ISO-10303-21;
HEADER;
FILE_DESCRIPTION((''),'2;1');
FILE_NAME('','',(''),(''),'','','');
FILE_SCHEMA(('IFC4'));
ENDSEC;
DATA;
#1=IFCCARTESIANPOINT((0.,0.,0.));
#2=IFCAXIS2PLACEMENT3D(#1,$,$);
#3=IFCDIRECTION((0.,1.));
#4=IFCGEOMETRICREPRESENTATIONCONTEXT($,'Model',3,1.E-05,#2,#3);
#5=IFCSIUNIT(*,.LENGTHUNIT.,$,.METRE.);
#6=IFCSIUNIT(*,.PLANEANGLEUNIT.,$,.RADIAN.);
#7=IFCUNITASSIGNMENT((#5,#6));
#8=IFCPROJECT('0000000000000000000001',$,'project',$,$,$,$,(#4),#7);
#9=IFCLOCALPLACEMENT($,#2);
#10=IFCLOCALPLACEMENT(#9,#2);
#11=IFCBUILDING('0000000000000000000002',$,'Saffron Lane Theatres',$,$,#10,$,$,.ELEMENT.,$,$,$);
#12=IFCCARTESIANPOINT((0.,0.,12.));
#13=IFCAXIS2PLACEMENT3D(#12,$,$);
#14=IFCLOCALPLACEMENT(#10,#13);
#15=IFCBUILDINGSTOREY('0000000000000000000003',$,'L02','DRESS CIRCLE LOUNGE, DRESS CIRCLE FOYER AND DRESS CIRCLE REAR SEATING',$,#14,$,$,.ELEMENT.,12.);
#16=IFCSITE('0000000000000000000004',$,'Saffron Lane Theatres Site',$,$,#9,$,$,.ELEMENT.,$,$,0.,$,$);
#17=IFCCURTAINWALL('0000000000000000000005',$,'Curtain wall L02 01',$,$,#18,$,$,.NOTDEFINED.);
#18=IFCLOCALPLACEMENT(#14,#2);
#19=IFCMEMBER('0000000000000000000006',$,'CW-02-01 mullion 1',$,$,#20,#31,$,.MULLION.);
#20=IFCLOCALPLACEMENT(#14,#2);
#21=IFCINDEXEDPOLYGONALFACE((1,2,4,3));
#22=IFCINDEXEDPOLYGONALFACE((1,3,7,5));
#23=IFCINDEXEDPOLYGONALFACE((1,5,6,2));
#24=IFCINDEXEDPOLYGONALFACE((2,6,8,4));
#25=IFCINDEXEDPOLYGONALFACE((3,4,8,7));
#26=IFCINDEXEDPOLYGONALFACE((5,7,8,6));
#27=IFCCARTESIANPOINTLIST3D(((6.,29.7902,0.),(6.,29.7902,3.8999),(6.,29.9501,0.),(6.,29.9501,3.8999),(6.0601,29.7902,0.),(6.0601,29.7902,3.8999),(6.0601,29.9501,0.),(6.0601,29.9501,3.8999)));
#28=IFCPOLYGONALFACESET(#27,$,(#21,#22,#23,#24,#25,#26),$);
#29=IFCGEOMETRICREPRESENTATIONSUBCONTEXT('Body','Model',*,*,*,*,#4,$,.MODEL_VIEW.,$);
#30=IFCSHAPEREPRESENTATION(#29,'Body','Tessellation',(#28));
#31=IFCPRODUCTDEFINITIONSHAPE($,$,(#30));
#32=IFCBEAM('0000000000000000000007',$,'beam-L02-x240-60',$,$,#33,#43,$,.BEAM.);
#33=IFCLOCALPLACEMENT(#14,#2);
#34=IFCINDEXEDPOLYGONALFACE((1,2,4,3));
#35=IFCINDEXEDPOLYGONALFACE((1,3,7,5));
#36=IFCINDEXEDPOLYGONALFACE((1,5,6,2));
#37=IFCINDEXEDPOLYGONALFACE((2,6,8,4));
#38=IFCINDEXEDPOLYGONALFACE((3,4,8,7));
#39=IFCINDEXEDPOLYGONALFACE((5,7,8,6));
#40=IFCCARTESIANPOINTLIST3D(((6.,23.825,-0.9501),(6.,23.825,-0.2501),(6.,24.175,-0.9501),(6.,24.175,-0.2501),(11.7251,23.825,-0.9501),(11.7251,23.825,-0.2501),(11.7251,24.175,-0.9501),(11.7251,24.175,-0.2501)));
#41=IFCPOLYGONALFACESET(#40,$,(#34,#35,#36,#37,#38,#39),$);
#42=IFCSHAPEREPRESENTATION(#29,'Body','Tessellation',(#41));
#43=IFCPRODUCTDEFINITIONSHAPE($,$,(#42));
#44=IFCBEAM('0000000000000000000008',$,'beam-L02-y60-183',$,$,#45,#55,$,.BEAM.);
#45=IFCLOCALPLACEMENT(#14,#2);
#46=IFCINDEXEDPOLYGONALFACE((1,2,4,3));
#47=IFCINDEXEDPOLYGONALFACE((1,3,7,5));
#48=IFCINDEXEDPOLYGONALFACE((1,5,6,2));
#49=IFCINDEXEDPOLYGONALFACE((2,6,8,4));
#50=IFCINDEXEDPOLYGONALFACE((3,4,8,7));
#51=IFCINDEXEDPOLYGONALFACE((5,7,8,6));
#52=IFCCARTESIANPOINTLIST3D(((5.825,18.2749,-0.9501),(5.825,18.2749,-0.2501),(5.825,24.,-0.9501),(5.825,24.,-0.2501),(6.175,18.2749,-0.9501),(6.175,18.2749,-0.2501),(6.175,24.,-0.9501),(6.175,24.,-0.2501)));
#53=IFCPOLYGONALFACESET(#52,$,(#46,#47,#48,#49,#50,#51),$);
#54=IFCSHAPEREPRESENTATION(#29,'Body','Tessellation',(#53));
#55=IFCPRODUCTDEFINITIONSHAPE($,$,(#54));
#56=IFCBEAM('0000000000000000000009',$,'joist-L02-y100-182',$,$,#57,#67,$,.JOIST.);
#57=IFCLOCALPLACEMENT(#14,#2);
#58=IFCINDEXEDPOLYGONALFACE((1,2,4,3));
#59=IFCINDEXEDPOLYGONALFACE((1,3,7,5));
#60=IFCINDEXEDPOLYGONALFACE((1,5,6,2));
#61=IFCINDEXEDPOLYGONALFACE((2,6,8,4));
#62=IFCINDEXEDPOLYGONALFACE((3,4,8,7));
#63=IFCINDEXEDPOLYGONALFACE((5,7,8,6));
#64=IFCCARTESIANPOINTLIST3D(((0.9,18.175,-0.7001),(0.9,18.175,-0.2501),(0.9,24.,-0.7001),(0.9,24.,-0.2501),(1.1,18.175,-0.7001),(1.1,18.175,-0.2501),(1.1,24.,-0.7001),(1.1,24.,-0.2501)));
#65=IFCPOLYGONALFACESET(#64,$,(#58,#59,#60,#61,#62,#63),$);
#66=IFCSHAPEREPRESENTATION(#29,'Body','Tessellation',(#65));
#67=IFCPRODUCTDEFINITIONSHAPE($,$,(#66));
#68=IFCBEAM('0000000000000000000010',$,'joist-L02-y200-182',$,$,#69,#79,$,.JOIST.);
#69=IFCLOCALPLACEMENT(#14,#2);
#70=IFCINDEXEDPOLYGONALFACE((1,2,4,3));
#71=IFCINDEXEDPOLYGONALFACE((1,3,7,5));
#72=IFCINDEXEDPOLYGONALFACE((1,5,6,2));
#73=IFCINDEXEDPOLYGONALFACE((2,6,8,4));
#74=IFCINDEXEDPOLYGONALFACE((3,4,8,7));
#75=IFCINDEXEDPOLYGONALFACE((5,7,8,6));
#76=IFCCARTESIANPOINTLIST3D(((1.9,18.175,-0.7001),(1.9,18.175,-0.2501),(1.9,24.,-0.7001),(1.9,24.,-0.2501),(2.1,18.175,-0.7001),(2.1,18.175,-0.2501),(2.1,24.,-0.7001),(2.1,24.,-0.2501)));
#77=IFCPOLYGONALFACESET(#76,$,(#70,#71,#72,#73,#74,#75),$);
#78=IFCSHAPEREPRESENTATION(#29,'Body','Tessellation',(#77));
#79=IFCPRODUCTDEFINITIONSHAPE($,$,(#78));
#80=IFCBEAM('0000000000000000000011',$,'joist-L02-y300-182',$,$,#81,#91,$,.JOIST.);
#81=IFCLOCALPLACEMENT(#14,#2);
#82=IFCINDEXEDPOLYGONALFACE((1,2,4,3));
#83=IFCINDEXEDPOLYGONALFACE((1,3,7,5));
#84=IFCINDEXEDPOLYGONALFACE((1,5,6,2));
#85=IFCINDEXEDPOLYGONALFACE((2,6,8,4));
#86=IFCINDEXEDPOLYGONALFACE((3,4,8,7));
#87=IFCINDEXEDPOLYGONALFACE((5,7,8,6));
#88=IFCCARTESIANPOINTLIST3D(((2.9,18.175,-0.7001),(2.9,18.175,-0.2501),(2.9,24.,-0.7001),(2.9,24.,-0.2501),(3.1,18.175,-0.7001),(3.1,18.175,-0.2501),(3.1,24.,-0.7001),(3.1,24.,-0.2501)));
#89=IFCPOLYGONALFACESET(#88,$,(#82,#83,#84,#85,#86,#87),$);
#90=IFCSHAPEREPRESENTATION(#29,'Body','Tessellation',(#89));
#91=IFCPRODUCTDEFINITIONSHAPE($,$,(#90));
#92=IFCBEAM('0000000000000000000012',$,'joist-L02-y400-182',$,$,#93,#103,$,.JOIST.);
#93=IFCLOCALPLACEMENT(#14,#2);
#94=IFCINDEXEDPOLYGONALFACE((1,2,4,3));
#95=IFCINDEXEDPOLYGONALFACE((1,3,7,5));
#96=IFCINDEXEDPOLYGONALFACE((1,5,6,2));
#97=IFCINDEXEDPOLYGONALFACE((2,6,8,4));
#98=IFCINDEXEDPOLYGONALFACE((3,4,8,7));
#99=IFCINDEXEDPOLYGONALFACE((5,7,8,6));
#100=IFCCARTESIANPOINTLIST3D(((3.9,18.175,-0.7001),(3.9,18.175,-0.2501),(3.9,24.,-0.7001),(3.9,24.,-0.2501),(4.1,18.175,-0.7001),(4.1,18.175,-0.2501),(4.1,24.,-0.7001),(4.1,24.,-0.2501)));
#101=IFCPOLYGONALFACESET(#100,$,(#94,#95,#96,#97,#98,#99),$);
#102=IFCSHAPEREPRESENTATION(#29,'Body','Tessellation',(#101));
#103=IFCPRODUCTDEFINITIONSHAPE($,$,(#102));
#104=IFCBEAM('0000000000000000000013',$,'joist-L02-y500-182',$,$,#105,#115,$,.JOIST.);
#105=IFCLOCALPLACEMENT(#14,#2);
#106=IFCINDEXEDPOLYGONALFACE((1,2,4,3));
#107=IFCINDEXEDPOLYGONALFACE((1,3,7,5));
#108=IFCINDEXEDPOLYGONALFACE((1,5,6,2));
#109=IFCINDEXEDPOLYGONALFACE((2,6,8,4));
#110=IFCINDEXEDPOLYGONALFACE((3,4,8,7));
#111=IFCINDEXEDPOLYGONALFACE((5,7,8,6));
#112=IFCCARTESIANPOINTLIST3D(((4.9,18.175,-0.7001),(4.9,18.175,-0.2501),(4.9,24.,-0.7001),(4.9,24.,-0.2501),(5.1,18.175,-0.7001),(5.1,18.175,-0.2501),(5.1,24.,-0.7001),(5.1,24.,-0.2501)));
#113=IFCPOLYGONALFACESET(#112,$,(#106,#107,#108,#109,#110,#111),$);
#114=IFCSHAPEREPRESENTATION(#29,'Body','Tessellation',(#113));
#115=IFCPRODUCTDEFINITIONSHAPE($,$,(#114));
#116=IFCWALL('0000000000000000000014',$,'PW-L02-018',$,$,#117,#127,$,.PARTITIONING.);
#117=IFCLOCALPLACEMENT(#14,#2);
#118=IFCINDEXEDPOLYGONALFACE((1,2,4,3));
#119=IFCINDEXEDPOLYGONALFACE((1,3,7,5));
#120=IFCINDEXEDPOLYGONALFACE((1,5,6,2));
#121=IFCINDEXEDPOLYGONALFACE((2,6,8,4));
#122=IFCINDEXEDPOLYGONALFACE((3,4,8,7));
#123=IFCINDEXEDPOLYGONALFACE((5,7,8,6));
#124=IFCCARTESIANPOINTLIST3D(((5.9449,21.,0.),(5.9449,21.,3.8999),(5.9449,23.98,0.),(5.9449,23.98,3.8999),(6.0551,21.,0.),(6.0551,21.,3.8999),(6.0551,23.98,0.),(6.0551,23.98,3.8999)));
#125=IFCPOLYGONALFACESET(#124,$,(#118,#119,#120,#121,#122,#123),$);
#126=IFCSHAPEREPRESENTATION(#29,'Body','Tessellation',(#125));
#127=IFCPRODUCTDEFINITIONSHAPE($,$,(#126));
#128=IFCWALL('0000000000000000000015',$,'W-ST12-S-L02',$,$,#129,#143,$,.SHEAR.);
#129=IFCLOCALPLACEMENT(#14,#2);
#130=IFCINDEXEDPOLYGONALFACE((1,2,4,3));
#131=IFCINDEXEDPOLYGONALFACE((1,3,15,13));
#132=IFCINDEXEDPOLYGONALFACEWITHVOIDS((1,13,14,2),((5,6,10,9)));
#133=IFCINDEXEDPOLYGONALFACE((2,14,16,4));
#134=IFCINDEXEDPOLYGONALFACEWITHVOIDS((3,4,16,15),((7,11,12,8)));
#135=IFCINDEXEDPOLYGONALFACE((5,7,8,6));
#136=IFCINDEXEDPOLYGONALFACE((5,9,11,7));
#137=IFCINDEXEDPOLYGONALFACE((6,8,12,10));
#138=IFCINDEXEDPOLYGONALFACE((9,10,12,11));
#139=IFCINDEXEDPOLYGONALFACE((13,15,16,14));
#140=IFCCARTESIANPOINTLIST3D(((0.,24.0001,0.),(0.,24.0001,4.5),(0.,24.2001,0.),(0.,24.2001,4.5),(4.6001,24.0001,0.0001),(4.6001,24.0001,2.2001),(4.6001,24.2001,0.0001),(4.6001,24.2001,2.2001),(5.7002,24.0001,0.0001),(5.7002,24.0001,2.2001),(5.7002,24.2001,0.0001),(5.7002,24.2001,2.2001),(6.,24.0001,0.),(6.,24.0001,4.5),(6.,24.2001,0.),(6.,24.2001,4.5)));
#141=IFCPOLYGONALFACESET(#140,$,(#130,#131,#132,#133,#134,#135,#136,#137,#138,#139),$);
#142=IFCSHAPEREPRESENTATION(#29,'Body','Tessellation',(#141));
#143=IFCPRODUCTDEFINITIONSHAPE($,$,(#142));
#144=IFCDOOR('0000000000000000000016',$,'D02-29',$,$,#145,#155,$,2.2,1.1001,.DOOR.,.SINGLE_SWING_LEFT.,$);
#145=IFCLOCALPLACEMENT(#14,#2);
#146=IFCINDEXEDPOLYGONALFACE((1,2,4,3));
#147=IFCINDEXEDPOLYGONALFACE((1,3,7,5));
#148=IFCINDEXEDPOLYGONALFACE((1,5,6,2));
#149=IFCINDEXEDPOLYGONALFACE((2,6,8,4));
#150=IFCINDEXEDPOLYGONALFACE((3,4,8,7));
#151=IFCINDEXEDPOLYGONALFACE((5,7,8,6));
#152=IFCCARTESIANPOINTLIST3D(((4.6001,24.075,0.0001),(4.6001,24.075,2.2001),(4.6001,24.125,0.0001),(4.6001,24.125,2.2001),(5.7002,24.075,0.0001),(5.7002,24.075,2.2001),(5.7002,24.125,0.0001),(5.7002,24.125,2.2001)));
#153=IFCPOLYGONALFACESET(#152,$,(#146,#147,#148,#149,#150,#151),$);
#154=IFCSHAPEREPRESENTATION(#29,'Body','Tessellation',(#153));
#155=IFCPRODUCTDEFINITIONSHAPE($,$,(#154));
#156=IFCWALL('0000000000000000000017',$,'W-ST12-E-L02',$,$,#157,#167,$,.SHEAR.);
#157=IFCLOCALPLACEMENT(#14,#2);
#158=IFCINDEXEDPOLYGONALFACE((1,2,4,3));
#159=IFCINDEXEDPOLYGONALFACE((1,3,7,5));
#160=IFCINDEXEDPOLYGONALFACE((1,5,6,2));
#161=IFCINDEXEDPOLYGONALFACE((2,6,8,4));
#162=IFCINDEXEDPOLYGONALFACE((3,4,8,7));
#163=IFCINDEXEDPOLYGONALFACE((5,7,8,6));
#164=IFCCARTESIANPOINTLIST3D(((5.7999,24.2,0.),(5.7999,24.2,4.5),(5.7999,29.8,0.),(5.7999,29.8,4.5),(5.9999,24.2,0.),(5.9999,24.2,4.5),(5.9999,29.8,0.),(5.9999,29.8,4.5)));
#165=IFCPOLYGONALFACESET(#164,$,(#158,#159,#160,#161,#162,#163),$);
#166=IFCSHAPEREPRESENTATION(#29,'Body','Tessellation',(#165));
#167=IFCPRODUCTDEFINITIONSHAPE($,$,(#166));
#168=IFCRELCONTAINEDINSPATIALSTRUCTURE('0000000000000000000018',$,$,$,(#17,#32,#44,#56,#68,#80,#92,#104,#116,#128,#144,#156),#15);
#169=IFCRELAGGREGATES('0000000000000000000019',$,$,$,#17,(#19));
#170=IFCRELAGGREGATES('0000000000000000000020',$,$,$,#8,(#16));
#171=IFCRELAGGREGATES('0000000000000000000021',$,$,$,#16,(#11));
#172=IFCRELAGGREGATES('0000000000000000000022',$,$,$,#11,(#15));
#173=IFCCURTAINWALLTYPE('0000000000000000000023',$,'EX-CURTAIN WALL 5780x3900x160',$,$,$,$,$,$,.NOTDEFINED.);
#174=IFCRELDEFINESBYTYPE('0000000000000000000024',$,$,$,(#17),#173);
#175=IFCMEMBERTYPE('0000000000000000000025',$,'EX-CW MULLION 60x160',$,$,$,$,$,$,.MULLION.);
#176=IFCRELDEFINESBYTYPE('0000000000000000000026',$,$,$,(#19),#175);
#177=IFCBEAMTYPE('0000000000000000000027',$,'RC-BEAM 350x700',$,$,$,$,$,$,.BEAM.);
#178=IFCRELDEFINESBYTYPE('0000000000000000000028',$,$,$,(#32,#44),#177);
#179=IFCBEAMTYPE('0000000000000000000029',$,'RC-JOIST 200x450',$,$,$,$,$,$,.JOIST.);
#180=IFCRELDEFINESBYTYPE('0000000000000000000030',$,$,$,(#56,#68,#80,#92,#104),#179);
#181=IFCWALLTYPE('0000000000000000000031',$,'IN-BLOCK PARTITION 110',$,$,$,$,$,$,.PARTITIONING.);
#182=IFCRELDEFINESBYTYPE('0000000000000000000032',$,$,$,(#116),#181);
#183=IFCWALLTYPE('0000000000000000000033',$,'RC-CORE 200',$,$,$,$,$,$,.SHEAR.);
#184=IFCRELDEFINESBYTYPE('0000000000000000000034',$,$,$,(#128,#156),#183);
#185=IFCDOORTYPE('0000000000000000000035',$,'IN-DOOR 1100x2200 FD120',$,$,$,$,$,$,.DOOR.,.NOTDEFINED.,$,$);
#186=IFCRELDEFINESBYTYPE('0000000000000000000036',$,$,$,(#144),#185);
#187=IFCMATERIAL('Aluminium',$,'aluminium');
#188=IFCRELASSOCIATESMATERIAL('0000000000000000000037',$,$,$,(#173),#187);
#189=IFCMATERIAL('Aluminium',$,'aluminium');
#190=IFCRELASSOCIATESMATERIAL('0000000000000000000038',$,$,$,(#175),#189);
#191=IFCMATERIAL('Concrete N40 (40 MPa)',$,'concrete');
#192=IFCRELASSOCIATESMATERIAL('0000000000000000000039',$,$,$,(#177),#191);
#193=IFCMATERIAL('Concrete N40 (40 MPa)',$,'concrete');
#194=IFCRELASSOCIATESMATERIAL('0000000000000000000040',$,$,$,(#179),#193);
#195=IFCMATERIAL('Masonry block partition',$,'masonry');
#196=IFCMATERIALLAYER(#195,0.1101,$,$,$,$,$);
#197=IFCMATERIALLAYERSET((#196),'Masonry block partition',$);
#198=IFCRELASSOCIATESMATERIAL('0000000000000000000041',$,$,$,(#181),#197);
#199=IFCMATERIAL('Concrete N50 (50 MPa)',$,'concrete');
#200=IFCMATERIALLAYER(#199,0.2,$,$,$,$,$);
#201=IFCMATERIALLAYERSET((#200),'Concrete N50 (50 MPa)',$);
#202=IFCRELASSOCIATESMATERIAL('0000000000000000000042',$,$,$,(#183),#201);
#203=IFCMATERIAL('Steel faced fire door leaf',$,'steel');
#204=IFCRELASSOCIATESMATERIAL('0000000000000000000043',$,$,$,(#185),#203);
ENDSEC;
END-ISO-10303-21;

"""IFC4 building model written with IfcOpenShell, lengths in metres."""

from ifc_helpers import new_model, si_unit, direction, frame, frame_2d, origin, origin_2d, place, context, subcontext, project, spatial, rectangle, extrude, material, layer, layer_set, material_profile, profile_set, type_object, element, fill, aggregate, save


model = new_model("IFC4")

# Units and contexts
model_context = context("Model", 3, precision=1e-05, world=origin(), true_north=direction((0.0, 1.0)))
body_context = subcontext(model_context, "Body", "Model", "MODEL_VIEW")
ifc_project = project(units=[si_unit("LENGTHUNIT", "METRE"), si_unit("PLANEANGLEUNIT", "RADIAN")], contexts=[model_context])

# Site, building, storey
site_placement = place(None, origin())
site = spatial("IfcSite", under=ifc_project, at=site_placement, Name="Saffron Lane Theatres Site", CompositionType="ELEMENT", RefElevation=0.0)
building_placement = place(site_placement, origin())
building = spatial("IfcBuilding", under=site, at=building_placement, Name="Saffron Lane Theatres", CompositionType="ELEMENT")
storey_placement = place(building_placement, frame((0.0, 0.0, 12.0)))
storey = spatial("IfcBuildingStorey", under=building, at=storey_placement, Name="L02", Description="DRESS CIRCLE LOUNGE, DRESS CIRCLE FOYER AND DRESS CIRCLE REAR SEATING", CompositionType="ELEMENT", Elevation=12.0)

# Curtain wall, member
ifc_material_1 = material(Name="Aluminium", Category="aluminium")
curtain_wall_type = type_object("IfcCurtainWallType", Name="EX-CURTAIN WALL 5780x3900x160", PredefinedType="NOTDEFINED", material=ifc_material_1)
curtain_wall_placement = place(storey_placement, origin())
curtain_wall = element("IfcCurtainWall", 1, at=curtain_wall_placement, inside=storey, type_object=curtain_wall_type, Name="Curtain wall L02 01", PredefinedType="NOTDEFINED")
ifc_material_2 = material(Name="Aluminium", Category="aluminium")
ifc_material_profile_1 = material_profile(ifc_material_2, rectangle(XDim=0.0601, YDim=0.1599, at=origin_2d()))
ifc_profile_set_1 = profile_set([ifc_material_profile_1], Name="Aluminium")
member_type = type_object("IfcMemberType", Name="EX-CW MULLION 60x160", PredefinedType="MULLION", material=ifc_profile_set_1)
member_placement = place(storey_placement, frame((6.03, 29.8701, 0.0), z_axis=(0.0, 0.0, 1.0), x_axis=(1.0, 0.0, 0.0)))
member = element("IfcMember", 2, at=member_placement, type_object=member_type, Name="CW-02-01 mullion 1", PredefinedType="MULLION", context=body_context, shape_type="SweptSolid", body=[
    extrude(rectangle(XDim=0.0601, YDim=0.1599, at=origin_2d()), origin(), (0.0, 0.0, 1.0), 3.8999),
])
aggregate(curtain_wall, [member])

# Beams
ifc_material_3 = material(Name="Concrete N40 (40 MPa)", Category="concrete")
ifc_material_profile_2 = material_profile(ifc_material_3, rectangle(XDim=0.3501, YDim=0.7, at=origin_2d()))
ifc_profile_set_2 = profile_set([ifc_material_profile_2], Name="Concrete N40 (40 MPa)")
beam_type_1 = type_object("IfcBeamType", Name="RC-BEAM 350x700", PredefinedType="BEAM", material=ifc_profile_set_2)
for number, where, z_axis, x_axis, name in (
    (3, (6.0, 24.0, -0.6001), (1.0, 0.0, 0.0), (0.0, 1.0, 0.0), "beam-L02-x240-60"),
    (4, (6.0, 18.2749, -0.6001), (0.0, 1.0, 0.0), (-1.0, 0.0, 0.0), "beam-L02-y60-183"),
):
    element("IfcBeam", number, at=place(storey_placement, frame(where, z_axis=z_axis, x_axis=x_axis)), inside=storey, type_object=beam_type_1, Name=name, PredefinedType="BEAM", context=body_context, shape_type="SweptSolid", body=[
        extrude(rectangle(XDim=0.3501, YDim=0.7, at=origin_2d()), origin(), (0.0, 0.0, 1.0), 5.7251),
    ])
ifc_material_4 = material(Name="Concrete N40 (40 MPa)", Category="concrete")
ifc_material_profile_3 = material_profile(ifc_material_4, rectangle(XDim=0.2, YDim=0.45, at=origin_2d()))
ifc_profile_set_3 = profile_set([ifc_material_profile_3], Name="Concrete N40 (40 MPa)")
beam_type_2 = type_object("IfcBeamType", Name="RC-JOIST 200x450", PredefinedType="JOIST", material=ifc_profile_set_3)
for number, where, z_axis, x_axis, name in (
    (5, (1.0, 18.175, -0.4751), (0.0, 1.0, 0.0), (-1.0, 0.0, 0.0), "joist-L02-y100-182"),
    (6, (2.0, 18.175, -0.4751), (0.0, 1.0, 0.0), (-1.0, 0.0, 0.0), "joist-L02-y200-182"),
    (7, (3.0, 18.175, -0.4751), (0.0, 1.0, 0.0), (-1.0, 0.0, 0.0), "joist-L02-y300-182"),
    (8, (4.0, 18.175, -0.4751), (0.0, 1.0, 0.0), (-1.0, 0.0, 0.0), "joist-L02-y400-182"),
    (9, (5.0, 18.175, -0.4751), (0.0, 1.0, 0.0), (-1.0, 0.0, 0.0), "joist-L02-y500-182"),
):
    element("IfcBeam", number, at=place(storey_placement, frame(where, z_axis=z_axis, x_axis=x_axis)), inside=storey, type_object=beam_type_2, Name=name, PredefinedType="JOIST", context=body_context, shape_type="SweptSolid", body=[
        extrude(rectangle(XDim=0.2, YDim=0.45, at=origin_2d()), origin(), (0.0, 0.0, 1.0), 5.825),
    ])

# Wall
ifc_material_5 = material(Name="Masonry block partition", Category="masonry")
ifc_layer_1 = layer(ifc_material_5, 0.1101)
ifc_layer_set_1 = layer_set([ifc_layer_1], Name="Masonry block partition")
wall_type_1 = type_object("IfcWallType", Name="IN-BLOCK PARTITION 110", PredefinedType="PARTITIONING", material=ifc_layer_set_1)
wall_1_placement = place(storey_placement, frame((6.0, 21.0, 0.0), z_axis=(0.0, 0.0, 1.0), x_axis=(0.0, 1.0, 0.0)))
element("IfcWall", 10, at=wall_1_placement, inside=storey, type_object=wall_type_1, Name="PW-L02-018", PredefinedType="PARTITIONING", context=body_context, shape_type="SweptSolid", body=[
    extrude(rectangle(XDim=2.98, YDim=0.1101, at=frame_2d((1.49, 0.0))), origin(), (0.0, 0.0, 1.0), 3.8999),
])

# Wall, opening, door
ifc_material_6 = material(Name="Concrete N50 (50 MPa)", Category="concrete")
ifc_layer_2 = layer(ifc_material_6, 0.2)
ifc_layer_set_2 = layer_set([ifc_layer_2], Name="Concrete N50 (50 MPa)")
wall_type_2 = type_object("IfcWallType", Name="RC-CORE 200", PredefinedType="SHEAR", material=ifc_layer_set_2)
wall_2_placement = place(storey_placement, frame((0.0, 24.1001, 0.0), z_axis=(0.0, 0.0, 1.0), x_axis=(1.0, 0.0, 0.0)))
wall_2 = element("IfcWall", 11, at=wall_2_placement, inside=storey, type_object=wall_type_2, Name="W-ST12-S-L02", PredefinedType="SHEAR", context=body_context, shape_type="SweptSolid", body=[
    extrude(rectangle(XDim=6.0, YDim=0.2, at=frame_2d((3.0, 0.0))), origin(), (0.0, 0.0, 1.0), 4.5),
])
opening_1_placement = place(wall_2_placement, frame((4.6001, 0.0, 0.0)))
opening_1 = element("IfcOpeningElement", 12, at=opening_1_placement, cuts=wall_2, PredefinedType="OPENING", context=body_context, shape_type="SweptSolid", body=[
    extrude(rectangle(XDim=1.1001, YDim=2.2, at=frame_2d((0.55, 1.1001))), frame((0.0, 0.1099, 0.0), z_axis=(0.0, -1.0, 0.0), x_axis=(1.0, 0.0, 0.0)), (0.0, 0.0, 1.0), 0.22),
])
ifc_material_7 = material(Name="Steel faced fire door leaf", Category="steel")
door_type_1 = type_object("IfcDoorType", Name="IN-DOOR 1100x2200 FD120", OperationType="NOTDEFINED", PredefinedType="DOOR", material=ifc_material_7)
door_1_placement = place(opening_1_placement, origin())
door_1 = element("IfcDoor", 13, at=door_1_placement, inside=storey, type_object=door_type_1, Name="D02-29", OperationType="SINGLE_SWING_LEFT", OverallHeight=2.2, OverallWidth=1.1001, PredefinedType="DOOR", context=body_context, shape_type="SweptSolid", body=[
    extrude(rectangle(XDim=1.1001, YDim=2.2, at=frame_2d((0.55, 1.1001))), frame((0.0, 0.0249, 0.0), z_axis=(0.0, -1.0, 0.0), x_axis=(1.0, 0.0, 0.0)), (0.0, 0.0, 1.0), 0.05),
])
fill(opening_1, door_1)

# Wall
wall_3_placement = place(storey_placement, frame((5.8999, 24.2, 0.0), z_axis=(0.0, 0.0, 1.0), x_axis=(0.0, 1.0, 0.0)))
element("IfcWall", 14, at=wall_3_placement, inside=storey, type_object=wall_type_2, Name="W-ST12-E-L02", PredefinedType="SHEAR", context=body_context, shape_type="SweptSolid", body=[
    extrude(rectangle(XDim=5.6001, YDim=0.2, at=frame_2d((2.8, 0.0))), origin(), (0.0, 0.0, 1.0), 4.5),
])

save(model, "model.ifc")
